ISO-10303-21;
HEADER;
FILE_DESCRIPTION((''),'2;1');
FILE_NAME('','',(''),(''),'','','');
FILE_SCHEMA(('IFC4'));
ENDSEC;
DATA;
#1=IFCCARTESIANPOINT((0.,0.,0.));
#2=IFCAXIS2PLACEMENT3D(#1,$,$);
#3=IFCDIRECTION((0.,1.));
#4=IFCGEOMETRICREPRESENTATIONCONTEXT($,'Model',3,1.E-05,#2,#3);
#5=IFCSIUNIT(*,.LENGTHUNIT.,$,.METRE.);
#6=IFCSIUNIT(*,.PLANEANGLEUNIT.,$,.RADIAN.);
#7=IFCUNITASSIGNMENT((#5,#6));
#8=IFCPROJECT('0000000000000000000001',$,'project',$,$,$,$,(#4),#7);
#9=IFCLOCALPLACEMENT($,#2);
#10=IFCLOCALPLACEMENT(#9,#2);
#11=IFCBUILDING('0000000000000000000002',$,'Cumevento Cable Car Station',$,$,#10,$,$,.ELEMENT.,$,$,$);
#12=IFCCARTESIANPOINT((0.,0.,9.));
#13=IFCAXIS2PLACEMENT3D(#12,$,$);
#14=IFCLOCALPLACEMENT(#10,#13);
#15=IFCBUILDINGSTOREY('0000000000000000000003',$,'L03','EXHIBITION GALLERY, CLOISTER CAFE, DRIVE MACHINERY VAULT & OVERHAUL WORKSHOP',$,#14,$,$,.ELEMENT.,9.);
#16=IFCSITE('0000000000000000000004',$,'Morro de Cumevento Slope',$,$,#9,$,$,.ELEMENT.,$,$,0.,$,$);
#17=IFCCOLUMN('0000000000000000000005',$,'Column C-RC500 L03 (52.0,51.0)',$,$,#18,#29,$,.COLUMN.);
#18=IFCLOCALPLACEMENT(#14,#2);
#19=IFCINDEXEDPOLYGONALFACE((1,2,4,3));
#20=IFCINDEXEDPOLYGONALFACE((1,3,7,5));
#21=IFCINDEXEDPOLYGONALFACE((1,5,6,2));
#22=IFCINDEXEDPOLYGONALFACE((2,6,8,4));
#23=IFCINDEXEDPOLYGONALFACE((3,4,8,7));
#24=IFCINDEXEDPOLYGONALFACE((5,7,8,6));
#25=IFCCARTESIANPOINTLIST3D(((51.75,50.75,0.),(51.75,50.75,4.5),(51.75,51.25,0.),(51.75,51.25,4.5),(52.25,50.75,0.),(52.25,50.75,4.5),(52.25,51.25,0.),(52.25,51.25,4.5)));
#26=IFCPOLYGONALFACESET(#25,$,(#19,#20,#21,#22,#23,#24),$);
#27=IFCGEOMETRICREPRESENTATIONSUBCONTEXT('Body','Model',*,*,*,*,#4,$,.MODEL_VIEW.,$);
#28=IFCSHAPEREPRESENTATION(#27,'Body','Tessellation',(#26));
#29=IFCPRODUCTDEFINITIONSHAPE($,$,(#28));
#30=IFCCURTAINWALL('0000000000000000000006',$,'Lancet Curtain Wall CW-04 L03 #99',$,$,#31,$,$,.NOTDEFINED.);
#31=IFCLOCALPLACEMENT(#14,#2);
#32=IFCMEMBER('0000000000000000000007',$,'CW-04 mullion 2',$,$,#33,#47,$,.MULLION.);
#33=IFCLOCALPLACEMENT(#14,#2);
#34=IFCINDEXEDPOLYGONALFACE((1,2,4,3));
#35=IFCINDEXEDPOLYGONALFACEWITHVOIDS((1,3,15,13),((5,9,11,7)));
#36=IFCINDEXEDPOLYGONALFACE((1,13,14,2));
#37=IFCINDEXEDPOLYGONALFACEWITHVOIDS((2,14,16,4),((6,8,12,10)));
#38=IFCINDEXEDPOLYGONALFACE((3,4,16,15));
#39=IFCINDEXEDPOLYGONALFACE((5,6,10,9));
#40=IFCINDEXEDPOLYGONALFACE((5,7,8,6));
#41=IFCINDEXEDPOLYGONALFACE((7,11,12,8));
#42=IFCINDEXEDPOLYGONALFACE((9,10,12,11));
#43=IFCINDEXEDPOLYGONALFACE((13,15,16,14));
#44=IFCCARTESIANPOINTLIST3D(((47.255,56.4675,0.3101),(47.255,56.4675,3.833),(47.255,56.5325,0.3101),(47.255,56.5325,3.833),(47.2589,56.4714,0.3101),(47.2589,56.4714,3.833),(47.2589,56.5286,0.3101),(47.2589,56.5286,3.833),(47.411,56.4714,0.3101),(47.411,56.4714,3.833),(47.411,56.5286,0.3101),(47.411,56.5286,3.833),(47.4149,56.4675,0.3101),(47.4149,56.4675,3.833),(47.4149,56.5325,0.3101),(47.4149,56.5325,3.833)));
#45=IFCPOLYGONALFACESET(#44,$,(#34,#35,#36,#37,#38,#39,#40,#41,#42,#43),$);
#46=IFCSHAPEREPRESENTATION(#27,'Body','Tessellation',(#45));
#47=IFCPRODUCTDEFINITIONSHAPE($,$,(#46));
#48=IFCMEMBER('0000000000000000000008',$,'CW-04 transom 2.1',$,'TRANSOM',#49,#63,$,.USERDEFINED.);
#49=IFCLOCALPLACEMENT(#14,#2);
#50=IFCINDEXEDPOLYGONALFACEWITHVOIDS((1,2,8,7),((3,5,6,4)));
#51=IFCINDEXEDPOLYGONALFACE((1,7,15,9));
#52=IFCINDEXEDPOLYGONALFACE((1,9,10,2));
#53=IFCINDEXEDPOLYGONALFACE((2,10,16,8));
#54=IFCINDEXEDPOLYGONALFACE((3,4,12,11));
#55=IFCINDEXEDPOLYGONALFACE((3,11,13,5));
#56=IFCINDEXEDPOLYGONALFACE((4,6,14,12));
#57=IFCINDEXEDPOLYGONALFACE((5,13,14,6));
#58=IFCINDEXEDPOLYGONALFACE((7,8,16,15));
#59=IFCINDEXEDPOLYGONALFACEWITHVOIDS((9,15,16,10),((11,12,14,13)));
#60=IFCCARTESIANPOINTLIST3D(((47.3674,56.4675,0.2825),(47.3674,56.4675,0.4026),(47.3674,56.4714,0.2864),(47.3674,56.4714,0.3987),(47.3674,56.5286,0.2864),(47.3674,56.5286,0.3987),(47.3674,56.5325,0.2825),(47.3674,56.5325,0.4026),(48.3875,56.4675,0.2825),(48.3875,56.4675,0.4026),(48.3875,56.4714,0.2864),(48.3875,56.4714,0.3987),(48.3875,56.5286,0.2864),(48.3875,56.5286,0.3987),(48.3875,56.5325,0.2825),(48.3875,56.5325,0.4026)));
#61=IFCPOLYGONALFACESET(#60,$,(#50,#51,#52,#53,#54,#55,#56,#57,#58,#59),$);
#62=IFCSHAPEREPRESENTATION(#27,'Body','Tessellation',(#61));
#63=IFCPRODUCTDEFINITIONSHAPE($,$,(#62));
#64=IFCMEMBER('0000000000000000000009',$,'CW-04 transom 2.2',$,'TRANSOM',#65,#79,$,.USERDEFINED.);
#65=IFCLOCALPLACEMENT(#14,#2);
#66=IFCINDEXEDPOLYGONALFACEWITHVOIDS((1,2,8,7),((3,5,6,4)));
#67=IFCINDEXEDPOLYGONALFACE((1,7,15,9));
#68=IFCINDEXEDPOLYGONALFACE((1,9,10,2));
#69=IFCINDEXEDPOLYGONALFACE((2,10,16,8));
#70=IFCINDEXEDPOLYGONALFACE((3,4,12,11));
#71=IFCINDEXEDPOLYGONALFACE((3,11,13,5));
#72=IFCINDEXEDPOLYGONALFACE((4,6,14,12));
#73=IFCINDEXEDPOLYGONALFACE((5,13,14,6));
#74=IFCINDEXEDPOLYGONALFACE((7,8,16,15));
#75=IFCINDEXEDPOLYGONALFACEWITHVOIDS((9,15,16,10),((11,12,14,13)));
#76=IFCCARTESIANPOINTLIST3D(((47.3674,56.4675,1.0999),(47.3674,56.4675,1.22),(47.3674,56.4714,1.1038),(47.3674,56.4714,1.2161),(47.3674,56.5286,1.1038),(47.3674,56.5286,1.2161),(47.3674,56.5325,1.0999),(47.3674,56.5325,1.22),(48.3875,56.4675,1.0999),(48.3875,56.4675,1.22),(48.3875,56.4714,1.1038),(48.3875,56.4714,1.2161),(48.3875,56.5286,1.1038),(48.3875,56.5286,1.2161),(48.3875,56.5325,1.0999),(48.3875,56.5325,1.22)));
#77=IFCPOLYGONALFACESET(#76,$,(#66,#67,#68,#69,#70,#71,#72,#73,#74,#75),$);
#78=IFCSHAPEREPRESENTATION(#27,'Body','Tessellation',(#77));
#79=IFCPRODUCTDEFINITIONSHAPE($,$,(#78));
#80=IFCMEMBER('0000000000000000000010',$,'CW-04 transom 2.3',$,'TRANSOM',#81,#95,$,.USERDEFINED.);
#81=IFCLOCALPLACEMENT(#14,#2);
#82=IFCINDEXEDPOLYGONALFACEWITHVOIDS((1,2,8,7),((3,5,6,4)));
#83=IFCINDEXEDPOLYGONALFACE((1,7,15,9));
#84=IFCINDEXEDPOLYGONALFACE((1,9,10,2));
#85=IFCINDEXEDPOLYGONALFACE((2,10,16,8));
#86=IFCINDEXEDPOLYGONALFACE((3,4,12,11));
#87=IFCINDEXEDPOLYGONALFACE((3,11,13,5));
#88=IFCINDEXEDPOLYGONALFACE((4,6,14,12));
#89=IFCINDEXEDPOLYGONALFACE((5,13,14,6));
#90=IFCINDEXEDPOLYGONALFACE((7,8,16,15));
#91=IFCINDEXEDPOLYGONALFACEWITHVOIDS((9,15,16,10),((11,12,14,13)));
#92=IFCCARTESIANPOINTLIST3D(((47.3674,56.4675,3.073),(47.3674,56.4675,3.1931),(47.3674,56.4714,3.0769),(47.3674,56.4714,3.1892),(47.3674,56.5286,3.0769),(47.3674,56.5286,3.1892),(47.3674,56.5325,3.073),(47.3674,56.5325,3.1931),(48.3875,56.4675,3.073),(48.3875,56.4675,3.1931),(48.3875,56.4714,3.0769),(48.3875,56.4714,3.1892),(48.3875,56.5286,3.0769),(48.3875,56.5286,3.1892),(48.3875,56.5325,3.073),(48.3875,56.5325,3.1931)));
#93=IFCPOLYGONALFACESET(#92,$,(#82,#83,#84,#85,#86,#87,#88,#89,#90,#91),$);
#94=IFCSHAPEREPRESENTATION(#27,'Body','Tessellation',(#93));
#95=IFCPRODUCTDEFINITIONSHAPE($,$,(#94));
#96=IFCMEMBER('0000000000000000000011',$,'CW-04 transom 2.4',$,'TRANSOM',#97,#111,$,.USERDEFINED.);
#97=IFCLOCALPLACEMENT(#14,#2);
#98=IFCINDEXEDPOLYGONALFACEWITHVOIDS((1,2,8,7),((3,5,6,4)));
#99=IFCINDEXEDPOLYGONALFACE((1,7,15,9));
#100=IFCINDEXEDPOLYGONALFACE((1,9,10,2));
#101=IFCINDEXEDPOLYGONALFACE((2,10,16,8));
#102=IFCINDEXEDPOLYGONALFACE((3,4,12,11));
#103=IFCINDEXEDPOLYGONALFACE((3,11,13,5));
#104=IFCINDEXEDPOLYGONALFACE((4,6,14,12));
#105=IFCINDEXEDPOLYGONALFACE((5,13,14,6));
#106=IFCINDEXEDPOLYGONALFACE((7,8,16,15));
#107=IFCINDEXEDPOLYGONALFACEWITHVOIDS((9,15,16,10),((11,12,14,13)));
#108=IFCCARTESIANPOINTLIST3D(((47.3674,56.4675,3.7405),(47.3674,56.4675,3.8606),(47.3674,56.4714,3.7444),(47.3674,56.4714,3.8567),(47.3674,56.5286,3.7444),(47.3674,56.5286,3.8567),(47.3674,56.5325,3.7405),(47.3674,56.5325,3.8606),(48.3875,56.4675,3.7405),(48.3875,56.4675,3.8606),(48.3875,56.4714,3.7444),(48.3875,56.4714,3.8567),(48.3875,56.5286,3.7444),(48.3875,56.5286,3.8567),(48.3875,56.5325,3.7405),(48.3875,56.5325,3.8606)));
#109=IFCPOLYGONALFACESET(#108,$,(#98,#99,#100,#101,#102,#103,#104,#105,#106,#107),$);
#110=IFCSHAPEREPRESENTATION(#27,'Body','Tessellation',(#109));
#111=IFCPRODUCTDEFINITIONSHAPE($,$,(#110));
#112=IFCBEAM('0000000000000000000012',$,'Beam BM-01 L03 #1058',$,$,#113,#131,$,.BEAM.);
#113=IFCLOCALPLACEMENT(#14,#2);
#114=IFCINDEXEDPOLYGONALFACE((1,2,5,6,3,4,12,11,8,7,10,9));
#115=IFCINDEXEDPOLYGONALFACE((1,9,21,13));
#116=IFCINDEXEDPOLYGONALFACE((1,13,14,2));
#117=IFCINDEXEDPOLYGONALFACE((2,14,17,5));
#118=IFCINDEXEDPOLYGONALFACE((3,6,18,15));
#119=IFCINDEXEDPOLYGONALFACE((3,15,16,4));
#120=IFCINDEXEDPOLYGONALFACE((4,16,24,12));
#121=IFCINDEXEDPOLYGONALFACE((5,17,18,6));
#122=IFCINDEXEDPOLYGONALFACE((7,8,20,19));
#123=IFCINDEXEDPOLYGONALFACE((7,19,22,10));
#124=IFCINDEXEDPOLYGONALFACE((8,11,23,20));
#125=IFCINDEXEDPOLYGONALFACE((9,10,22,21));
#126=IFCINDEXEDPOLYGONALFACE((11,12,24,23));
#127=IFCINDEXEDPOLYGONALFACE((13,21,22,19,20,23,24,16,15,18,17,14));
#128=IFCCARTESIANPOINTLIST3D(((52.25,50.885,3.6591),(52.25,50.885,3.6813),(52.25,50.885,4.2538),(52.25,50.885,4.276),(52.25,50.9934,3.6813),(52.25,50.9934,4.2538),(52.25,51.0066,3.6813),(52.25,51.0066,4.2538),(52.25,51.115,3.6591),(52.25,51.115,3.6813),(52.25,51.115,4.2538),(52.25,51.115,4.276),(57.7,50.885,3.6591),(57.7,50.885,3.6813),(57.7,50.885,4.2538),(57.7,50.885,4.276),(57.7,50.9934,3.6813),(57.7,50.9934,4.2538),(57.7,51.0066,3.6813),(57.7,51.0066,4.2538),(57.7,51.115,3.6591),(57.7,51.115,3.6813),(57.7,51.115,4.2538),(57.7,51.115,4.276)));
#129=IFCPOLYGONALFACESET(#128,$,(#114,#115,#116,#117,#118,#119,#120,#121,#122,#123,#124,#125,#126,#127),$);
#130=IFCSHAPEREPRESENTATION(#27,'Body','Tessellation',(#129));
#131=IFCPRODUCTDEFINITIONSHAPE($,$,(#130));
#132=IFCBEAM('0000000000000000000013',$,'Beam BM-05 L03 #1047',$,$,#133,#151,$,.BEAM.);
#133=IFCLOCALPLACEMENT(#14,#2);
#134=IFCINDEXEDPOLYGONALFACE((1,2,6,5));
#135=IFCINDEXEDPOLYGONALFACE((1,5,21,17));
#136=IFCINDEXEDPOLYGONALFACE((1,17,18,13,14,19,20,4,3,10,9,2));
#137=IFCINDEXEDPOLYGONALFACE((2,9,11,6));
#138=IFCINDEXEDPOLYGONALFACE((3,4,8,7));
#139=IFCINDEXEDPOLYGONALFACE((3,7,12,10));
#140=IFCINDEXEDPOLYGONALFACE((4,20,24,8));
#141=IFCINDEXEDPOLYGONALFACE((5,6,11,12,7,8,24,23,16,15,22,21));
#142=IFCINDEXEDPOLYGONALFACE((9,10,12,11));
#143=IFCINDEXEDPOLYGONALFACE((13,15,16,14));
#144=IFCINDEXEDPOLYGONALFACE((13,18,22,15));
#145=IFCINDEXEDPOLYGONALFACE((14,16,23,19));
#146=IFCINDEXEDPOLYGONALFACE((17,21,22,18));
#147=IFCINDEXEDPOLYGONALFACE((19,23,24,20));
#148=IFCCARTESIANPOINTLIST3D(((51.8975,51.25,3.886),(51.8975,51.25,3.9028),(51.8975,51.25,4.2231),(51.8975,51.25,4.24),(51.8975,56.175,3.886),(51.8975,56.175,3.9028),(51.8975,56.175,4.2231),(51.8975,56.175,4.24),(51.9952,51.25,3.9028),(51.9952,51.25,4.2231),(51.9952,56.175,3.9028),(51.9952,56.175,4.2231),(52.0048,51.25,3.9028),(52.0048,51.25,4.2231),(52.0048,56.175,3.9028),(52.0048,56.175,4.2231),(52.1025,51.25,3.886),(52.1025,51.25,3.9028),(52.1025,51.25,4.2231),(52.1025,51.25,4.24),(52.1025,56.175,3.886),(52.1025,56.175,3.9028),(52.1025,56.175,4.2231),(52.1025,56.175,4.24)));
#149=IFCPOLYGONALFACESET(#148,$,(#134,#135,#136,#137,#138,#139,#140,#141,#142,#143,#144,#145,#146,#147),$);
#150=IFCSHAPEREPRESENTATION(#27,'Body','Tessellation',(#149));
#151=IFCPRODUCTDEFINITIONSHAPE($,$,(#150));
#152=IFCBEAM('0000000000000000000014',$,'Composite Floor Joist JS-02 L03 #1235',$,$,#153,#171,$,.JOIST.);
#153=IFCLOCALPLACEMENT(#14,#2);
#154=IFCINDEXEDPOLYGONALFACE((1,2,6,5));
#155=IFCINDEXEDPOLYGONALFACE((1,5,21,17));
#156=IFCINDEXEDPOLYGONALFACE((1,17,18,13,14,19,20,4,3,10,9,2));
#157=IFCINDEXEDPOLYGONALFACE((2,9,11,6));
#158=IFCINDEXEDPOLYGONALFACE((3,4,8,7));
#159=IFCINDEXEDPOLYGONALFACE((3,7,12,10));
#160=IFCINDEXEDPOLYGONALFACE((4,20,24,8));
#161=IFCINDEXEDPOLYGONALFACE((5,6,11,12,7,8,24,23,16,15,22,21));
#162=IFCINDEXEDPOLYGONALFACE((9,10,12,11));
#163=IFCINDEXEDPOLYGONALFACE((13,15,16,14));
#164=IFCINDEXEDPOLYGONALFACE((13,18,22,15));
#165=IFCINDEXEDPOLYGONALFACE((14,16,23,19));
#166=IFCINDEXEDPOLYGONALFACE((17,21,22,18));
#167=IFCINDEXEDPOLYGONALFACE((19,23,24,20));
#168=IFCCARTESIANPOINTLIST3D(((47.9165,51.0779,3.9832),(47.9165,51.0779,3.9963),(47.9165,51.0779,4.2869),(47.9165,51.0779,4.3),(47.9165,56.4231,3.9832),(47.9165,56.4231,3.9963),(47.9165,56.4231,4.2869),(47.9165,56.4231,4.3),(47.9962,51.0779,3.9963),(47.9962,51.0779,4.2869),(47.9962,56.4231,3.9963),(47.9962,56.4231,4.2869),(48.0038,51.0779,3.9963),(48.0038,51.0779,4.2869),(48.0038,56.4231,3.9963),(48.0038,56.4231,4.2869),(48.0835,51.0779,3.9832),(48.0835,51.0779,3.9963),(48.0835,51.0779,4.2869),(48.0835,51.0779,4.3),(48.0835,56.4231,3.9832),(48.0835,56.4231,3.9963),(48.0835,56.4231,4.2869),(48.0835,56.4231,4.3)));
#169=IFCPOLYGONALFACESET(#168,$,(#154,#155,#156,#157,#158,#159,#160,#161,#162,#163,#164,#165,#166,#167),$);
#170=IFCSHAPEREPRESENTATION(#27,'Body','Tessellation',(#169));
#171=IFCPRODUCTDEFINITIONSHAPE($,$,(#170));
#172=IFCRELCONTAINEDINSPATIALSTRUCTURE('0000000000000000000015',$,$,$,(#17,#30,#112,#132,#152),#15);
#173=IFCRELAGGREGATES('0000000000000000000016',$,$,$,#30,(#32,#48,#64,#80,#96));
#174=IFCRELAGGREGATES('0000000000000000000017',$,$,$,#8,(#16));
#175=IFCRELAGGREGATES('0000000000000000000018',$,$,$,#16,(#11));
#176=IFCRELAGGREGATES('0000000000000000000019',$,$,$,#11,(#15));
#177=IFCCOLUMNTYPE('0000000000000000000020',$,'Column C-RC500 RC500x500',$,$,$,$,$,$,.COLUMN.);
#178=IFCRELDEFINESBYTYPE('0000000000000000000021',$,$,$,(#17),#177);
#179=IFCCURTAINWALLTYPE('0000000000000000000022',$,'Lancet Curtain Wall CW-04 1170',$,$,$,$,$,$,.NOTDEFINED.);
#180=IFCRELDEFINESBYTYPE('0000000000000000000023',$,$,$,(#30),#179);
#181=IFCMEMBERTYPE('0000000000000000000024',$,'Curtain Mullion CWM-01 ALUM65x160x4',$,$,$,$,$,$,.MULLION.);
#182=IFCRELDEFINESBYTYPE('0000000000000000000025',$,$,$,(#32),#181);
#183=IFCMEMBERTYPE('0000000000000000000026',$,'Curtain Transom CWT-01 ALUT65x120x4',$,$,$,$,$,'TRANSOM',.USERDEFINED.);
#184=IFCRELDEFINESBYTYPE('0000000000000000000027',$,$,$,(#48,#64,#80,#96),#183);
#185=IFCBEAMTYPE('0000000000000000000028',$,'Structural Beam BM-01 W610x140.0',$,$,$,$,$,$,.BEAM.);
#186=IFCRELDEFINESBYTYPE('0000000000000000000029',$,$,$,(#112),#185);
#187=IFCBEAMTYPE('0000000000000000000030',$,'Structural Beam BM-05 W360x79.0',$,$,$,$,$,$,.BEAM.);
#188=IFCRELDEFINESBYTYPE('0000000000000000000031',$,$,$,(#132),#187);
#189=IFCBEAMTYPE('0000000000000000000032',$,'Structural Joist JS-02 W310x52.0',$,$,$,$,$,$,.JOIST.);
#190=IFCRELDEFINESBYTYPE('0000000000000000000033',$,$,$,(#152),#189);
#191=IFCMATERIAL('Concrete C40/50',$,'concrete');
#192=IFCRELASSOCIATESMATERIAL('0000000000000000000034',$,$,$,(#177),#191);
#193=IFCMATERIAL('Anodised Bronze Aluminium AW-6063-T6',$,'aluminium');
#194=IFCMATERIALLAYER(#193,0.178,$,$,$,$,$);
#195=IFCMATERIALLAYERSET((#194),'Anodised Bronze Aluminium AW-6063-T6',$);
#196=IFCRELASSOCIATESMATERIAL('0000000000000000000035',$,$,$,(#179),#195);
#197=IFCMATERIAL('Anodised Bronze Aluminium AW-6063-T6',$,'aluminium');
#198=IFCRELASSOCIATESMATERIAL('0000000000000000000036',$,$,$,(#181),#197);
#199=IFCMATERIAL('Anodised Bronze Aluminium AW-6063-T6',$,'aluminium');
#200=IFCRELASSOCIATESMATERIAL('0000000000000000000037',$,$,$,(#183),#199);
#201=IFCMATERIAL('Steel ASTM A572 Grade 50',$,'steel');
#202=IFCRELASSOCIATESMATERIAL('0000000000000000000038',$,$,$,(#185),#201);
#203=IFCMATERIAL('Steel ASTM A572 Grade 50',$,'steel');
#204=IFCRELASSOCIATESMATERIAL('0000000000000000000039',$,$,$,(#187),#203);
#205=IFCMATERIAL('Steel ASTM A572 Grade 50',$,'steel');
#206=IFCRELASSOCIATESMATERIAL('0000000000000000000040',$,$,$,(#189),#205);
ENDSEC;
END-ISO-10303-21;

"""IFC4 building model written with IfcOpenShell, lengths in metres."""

from ifc_helpers import new_model, si_unit, direction, frame, origin, origin_2d, place, context, subcontext, project, spatial, rectangle, hollow_rectangle, i_section, extrude, material, layer, layer_set, material_profile, profile_set, type_object, element, aggregate, save


model = new_model("IFC4")

# Units and contexts
model_context = context("Model", 3, precision=1e-05, world=origin(), true_north=direction((0.0, 1.0)))
body_context = subcontext(model_context, "Body", "Model", "MODEL_VIEW")
ifc_project = project(units=[si_unit("LENGTHUNIT", "METRE"), si_unit("PLANEANGLEUNIT", "RADIAN")], contexts=[model_context])

# Site, building, storey
site_placement = place(None, origin())
site = spatial("IfcSite", under=ifc_project, at=site_placement, Name="Morro de Cumevento Slope", CompositionType="ELEMENT", RefElevation=0.0)
building_placement = place(site_placement, origin())
building = spatial("IfcBuilding", under=site, at=building_placement, Name="Cumevento Cable Car Station", CompositionType="ELEMENT")
storey_placement = place(building_placement, frame((0.0, 0.0, 9.0)))
storey = spatial("IfcBuildingStorey", under=building, at=storey_placement, Name="L03", Description="EXHIBITION GALLERY, CLOISTER CAFE, DRIVE MACHINERY VAULT & OVERHAUL WORKSHOP", CompositionType="ELEMENT", Elevation=9.0)

# Column
ifc_material_1 = material(Name="Concrete C40/50", Category="concrete")
ifc_material_profile_1 = material_profile(ifc_material_1, rectangle(XDim=0.5, YDim=0.5, at=origin_2d()), Name="RC500x500")
ifc_profile_set_1 = profile_set([ifc_material_profile_1], Name="Concrete C40/50")
column_type = type_object("IfcColumnType", Name="Column C-RC500 RC500x500", PredefinedType="COLUMN", material=ifc_profile_set_1)
column_placement = place(storey_placement, frame((52.0, 51.0, 0.0), z_axis=(0.0, 0.0, 1.0), x_axis=(1.0, 0.0, 0.0)))
element("IfcColumn", 1, at=column_placement, inside=storey, type_object=column_type, Name="Column C-RC500 L03 (52.0,51.0)", PredefinedType="COLUMN", context=body_context, shape_type="SweptSolid", body=[
    extrude(rectangle(XDim=0.5, YDim=0.5, at=origin_2d()), origin(), (0.0, 0.0, 1.0), 4.5),
])

# Curtain wall, members
ifc_material_2 = material(Name="Anodised Bronze Aluminium AW-6063-T6", Category="aluminium")
ifc_layer_1 = layer(ifc_material_2, 0.178)
ifc_layer_set_1 = layer_set([ifc_layer_1], Name="Anodised Bronze Aluminium AW-6063-T6")
curtain_wall_type = type_object("IfcCurtainWallType", Name="Lancet Curtain Wall CW-04 1170", PredefinedType="NOTDEFINED", material=ifc_layer_set_1)
curtain_wall_placement = place(storey_placement, origin())
curtain_wall = element("IfcCurtainWall", 2, at=curtain_wall_placement, inside=storey, type_object=curtain_wall_type, Name="Lancet Curtain Wall CW-04 L03 #99", PredefinedType="NOTDEFINED")
ifc_material_3 = material(Name="Anodised Bronze Aluminium AW-6063-T6", Category="aluminium")
ifc_material_profile_2 = material_profile(ifc_material_3, hollow_rectangle(XDim=0.0649, YDim=0.1599, WallThickness=0.0039, at=origin_2d()), Name="ALUM65x160x4")
ifc_profile_set_2 = profile_set([ifc_material_profile_2], Name="Anodised Bronze Aluminium AW-6063-T6")
member_type_1 = type_object("IfcMemberType", Name="Curtain Mullion CWM-01 ALUM65x160x4", PredefinedType="MULLION", material=ifc_profile_set_2)
member_1_placement = place(storey_placement, frame((47.335, 56.5, 0.3101), z_axis=(0.0, 0.0, 1.0), x_axis=(0.0, 1.0, 0.0)))
member_1 = element("IfcMember", 3, at=member_1_placement, type_object=member_type_1, Name="CW-04 mullion 2", PredefinedType="MULLION", context=body_context, shape_type="SweptSolid", body=[
    extrude(hollow_rectangle(XDim=0.0649, YDim=0.1599, WallThickness=0.0039, at=origin_2d()), origin(), (0.0, 0.0, 1.0), 3.5229),
])
ifc_material_4 = material(Name="Anodised Bronze Aluminium AW-6063-T6", Category="aluminium")
ifc_material_profile_3 = material_profile(ifc_material_4, hollow_rectangle(XDim=0.0649, YDim=0.1201, WallThickness=0.0039, at=origin_2d()), Name="ALUT65x120x4")
ifc_profile_set_3 = profile_set([ifc_material_profile_3], Name="Anodised Bronze Aluminium AW-6063-T6")
member_type_2 = type_object("IfcMemberType", Name="Curtain Transom CWT-01 ALUT65x120x4", ElementType="TRANSOM", PredefinedType="USERDEFINED", material=ifc_profile_set_3)
member_2_placement = place(storey_placement, frame((47.3674, 56.5, 0.3425), z_axis=(1.0, 0.0, 0.0), x_axis=(0.0, 1.0, 0.0)))
member_2 = element("IfcMember", 4, at=member_2_placement, type_object=member_type_2, Name="CW-04 transom 2.1", ObjectType="TRANSOM", PredefinedType="USERDEFINED", context=body_context, shape_type="SweptSolid", body=[
    extrude(hollow_rectangle(XDim=0.0649, YDim=0.1201, WallThickness=0.0039, at=origin_2d()), origin(), (0.0, 0.0, 1.0), 1.02),
])
member_3_placement = place(storey_placement, frame((47.3674, 56.5, 1.1599), z_axis=(1.0, 0.0, 0.0), x_axis=(0.0, 1.0, 0.0)))
member_3 = element("IfcMember", 5, at=member_3_placement, type_object=member_type_2, Name="CW-04 transom 2.2", ObjectType="TRANSOM", PredefinedType="USERDEFINED", context=body_context, shape_type="SweptSolid", body=[
    extrude(hollow_rectangle(XDim=0.0649, YDim=0.1201, WallThickness=0.0039, at=origin_2d()), origin(), (0.0, 0.0, 1.0), 1.02),
])
member_4_placement = place(storey_placement, frame((47.3674, 56.5, 3.1331), z_axis=(1.0, 0.0, 0.0), x_axis=(0.0, 1.0, 0.0)))
member_4 = element("IfcMember", 6, at=member_4_placement, type_object=member_type_2, Name="CW-04 transom 2.3", ObjectType="TRANSOM", PredefinedType="USERDEFINED", context=body_context, shape_type="SweptSolid", body=[
    extrude(hollow_rectangle(XDim=0.0649, YDim=0.1201, WallThickness=0.0039, at=origin_2d()), origin(), (0.0, 0.0, 1.0), 1.02),
])
member_5_placement = place(storey_placement, frame((47.3674, 56.5, 3.8005), z_axis=(1.0, 0.0, 0.0), x_axis=(0.0, 1.0, 0.0)))
member_5 = element("IfcMember", 7, at=member_5_placement, type_object=member_type_2, Name="CW-04 transom 2.4", ObjectType="TRANSOM", PredefinedType="USERDEFINED", context=body_context, shape_type="SweptSolid", body=[
    extrude(hollow_rectangle(XDim=0.0649, YDim=0.1201, WallThickness=0.0039, at=origin_2d()), origin(), (0.0, 0.0, 1.0), 1.02),
])

# Beams
ifc_material_5 = material(Name="Steel ASTM A572 Grade 50", Category="steel")
ifc_material_profile_4 = material_profile(ifc_material_5, i_section(OverallWidth=0.23, OverallDepth=0.6169, WebThickness=0.0132, FlangeThickness=0.0222, at=origin_2d()), Name="W610x140.0")
ifc_profile_set_4 = profile_set([ifc_material_profile_4], Name="Steel ASTM A572 Grade 50")
beam_type_1 = type_object("IfcBeamType", Name="Structural Beam BM-01 W610x140.0", PredefinedType="BEAM", material=ifc_profile_set_4)
beam_1_placement = place(storey_placement, frame((52.25, 51.0, 3.9675), z_axis=(1.0, 0.0, 0.0), x_axis=(0.0, 1.0, 0.0)))
element("IfcBeam", 8, at=beam_1_placement, inside=storey, type_object=beam_type_1, Name="Beam BM-01 L03 #1058", PredefinedType="BEAM", context=body_context, shape_type="SweptSolid", body=[
    extrude(i_section(OverallWidth=0.23, OverallDepth=0.6169, WebThickness=0.0132, FlangeThickness=0.0222, at=origin_2d()), origin(), (0.0, 0.0, 1.0), 5.45),
])
ifc_material_6 = material(Name="Steel ASTM A572 Grade 50", Category="steel")
ifc_material_profile_5 = material_profile(ifc_material_6, i_section(OverallWidth=0.2051, OverallDepth=0.354, WebThickness=0.0095, FlangeThickness=0.0168, at=origin_2d()), Name="W360x79.0")
ifc_profile_set_5 = profile_set([ifc_material_profile_5], Name="Steel ASTM A572 Grade 50")
beam_type_2 = type_object("IfcBeamType", Name="Structural Beam BM-05 W360x79.0", PredefinedType="BEAM", material=ifc_profile_set_5)
beam_2_placement = place(storey_placement, frame((52.0, 51.25, 4.063), z_axis=(0.0, 1.0, 0.0), x_axis=(-1.0, 0.0, 0.0)))
element("IfcBeam", 9, at=beam_2_placement, inside=storey, type_object=beam_type_2, Name="Beam BM-05 L03 #1047", PredefinedType="BEAM", context=body_context, shape_type="SweptSolid", body=[
    extrude(i_section(OverallWidth=0.2051, OverallDepth=0.354, WebThickness=0.0095, FlangeThickness=0.0168, at=origin_2d()), origin(), (0.0, 0.0, 1.0), 4.925),
])
ifc_material_7 = material(Name="Steel ASTM A572 Grade 50", Category="steel")
ifc_material_profile_6 = material_profile(ifc_material_7, i_section(OverallWidth=0.167, OverallDepth=0.3169, WebThickness=0.0076, FlangeThickness=0.0132, at=origin_2d()), Name="W310x52.0")
ifc_profile_set_6 = profile_set([ifc_material_profile_6], Name="Steel ASTM A572 Grade 50")
beam_type_3 = type_object("IfcBeamType", Name="Structural Joist JS-02 W310x52.0", PredefinedType="JOIST", material=ifc_profile_set_6)
for number, where, z_axis, x_axis, name in (
    (10, (48.0, 51.0779, 4.1416), (0.0, 1.0, 0.0), (-1.0, 0.0, 0.0), "Composite Floor Joist JS-02 L03 #1235"),
):
    element("IfcBeam", number, at=place(storey_placement, frame(where, z_axis=z_axis, x_axis=x_axis)), inside=storey, type_object=beam_type_3, Name=name, PredefinedType="JOIST", context=body_context, shape_type="SweptSolid", body=[
        extrude(i_section(OverallWidth=0.167, OverallDepth=0.3169, WebThickness=0.0076, FlangeThickness=0.0132, at=origin_2d()), origin(), (0.0, 0.0, 1.0), 5.3452),
    ])

aggregate(curtain_wall, [member_1, member_2, member_3, member_4, member_5])

save(model, "model.ifc")
